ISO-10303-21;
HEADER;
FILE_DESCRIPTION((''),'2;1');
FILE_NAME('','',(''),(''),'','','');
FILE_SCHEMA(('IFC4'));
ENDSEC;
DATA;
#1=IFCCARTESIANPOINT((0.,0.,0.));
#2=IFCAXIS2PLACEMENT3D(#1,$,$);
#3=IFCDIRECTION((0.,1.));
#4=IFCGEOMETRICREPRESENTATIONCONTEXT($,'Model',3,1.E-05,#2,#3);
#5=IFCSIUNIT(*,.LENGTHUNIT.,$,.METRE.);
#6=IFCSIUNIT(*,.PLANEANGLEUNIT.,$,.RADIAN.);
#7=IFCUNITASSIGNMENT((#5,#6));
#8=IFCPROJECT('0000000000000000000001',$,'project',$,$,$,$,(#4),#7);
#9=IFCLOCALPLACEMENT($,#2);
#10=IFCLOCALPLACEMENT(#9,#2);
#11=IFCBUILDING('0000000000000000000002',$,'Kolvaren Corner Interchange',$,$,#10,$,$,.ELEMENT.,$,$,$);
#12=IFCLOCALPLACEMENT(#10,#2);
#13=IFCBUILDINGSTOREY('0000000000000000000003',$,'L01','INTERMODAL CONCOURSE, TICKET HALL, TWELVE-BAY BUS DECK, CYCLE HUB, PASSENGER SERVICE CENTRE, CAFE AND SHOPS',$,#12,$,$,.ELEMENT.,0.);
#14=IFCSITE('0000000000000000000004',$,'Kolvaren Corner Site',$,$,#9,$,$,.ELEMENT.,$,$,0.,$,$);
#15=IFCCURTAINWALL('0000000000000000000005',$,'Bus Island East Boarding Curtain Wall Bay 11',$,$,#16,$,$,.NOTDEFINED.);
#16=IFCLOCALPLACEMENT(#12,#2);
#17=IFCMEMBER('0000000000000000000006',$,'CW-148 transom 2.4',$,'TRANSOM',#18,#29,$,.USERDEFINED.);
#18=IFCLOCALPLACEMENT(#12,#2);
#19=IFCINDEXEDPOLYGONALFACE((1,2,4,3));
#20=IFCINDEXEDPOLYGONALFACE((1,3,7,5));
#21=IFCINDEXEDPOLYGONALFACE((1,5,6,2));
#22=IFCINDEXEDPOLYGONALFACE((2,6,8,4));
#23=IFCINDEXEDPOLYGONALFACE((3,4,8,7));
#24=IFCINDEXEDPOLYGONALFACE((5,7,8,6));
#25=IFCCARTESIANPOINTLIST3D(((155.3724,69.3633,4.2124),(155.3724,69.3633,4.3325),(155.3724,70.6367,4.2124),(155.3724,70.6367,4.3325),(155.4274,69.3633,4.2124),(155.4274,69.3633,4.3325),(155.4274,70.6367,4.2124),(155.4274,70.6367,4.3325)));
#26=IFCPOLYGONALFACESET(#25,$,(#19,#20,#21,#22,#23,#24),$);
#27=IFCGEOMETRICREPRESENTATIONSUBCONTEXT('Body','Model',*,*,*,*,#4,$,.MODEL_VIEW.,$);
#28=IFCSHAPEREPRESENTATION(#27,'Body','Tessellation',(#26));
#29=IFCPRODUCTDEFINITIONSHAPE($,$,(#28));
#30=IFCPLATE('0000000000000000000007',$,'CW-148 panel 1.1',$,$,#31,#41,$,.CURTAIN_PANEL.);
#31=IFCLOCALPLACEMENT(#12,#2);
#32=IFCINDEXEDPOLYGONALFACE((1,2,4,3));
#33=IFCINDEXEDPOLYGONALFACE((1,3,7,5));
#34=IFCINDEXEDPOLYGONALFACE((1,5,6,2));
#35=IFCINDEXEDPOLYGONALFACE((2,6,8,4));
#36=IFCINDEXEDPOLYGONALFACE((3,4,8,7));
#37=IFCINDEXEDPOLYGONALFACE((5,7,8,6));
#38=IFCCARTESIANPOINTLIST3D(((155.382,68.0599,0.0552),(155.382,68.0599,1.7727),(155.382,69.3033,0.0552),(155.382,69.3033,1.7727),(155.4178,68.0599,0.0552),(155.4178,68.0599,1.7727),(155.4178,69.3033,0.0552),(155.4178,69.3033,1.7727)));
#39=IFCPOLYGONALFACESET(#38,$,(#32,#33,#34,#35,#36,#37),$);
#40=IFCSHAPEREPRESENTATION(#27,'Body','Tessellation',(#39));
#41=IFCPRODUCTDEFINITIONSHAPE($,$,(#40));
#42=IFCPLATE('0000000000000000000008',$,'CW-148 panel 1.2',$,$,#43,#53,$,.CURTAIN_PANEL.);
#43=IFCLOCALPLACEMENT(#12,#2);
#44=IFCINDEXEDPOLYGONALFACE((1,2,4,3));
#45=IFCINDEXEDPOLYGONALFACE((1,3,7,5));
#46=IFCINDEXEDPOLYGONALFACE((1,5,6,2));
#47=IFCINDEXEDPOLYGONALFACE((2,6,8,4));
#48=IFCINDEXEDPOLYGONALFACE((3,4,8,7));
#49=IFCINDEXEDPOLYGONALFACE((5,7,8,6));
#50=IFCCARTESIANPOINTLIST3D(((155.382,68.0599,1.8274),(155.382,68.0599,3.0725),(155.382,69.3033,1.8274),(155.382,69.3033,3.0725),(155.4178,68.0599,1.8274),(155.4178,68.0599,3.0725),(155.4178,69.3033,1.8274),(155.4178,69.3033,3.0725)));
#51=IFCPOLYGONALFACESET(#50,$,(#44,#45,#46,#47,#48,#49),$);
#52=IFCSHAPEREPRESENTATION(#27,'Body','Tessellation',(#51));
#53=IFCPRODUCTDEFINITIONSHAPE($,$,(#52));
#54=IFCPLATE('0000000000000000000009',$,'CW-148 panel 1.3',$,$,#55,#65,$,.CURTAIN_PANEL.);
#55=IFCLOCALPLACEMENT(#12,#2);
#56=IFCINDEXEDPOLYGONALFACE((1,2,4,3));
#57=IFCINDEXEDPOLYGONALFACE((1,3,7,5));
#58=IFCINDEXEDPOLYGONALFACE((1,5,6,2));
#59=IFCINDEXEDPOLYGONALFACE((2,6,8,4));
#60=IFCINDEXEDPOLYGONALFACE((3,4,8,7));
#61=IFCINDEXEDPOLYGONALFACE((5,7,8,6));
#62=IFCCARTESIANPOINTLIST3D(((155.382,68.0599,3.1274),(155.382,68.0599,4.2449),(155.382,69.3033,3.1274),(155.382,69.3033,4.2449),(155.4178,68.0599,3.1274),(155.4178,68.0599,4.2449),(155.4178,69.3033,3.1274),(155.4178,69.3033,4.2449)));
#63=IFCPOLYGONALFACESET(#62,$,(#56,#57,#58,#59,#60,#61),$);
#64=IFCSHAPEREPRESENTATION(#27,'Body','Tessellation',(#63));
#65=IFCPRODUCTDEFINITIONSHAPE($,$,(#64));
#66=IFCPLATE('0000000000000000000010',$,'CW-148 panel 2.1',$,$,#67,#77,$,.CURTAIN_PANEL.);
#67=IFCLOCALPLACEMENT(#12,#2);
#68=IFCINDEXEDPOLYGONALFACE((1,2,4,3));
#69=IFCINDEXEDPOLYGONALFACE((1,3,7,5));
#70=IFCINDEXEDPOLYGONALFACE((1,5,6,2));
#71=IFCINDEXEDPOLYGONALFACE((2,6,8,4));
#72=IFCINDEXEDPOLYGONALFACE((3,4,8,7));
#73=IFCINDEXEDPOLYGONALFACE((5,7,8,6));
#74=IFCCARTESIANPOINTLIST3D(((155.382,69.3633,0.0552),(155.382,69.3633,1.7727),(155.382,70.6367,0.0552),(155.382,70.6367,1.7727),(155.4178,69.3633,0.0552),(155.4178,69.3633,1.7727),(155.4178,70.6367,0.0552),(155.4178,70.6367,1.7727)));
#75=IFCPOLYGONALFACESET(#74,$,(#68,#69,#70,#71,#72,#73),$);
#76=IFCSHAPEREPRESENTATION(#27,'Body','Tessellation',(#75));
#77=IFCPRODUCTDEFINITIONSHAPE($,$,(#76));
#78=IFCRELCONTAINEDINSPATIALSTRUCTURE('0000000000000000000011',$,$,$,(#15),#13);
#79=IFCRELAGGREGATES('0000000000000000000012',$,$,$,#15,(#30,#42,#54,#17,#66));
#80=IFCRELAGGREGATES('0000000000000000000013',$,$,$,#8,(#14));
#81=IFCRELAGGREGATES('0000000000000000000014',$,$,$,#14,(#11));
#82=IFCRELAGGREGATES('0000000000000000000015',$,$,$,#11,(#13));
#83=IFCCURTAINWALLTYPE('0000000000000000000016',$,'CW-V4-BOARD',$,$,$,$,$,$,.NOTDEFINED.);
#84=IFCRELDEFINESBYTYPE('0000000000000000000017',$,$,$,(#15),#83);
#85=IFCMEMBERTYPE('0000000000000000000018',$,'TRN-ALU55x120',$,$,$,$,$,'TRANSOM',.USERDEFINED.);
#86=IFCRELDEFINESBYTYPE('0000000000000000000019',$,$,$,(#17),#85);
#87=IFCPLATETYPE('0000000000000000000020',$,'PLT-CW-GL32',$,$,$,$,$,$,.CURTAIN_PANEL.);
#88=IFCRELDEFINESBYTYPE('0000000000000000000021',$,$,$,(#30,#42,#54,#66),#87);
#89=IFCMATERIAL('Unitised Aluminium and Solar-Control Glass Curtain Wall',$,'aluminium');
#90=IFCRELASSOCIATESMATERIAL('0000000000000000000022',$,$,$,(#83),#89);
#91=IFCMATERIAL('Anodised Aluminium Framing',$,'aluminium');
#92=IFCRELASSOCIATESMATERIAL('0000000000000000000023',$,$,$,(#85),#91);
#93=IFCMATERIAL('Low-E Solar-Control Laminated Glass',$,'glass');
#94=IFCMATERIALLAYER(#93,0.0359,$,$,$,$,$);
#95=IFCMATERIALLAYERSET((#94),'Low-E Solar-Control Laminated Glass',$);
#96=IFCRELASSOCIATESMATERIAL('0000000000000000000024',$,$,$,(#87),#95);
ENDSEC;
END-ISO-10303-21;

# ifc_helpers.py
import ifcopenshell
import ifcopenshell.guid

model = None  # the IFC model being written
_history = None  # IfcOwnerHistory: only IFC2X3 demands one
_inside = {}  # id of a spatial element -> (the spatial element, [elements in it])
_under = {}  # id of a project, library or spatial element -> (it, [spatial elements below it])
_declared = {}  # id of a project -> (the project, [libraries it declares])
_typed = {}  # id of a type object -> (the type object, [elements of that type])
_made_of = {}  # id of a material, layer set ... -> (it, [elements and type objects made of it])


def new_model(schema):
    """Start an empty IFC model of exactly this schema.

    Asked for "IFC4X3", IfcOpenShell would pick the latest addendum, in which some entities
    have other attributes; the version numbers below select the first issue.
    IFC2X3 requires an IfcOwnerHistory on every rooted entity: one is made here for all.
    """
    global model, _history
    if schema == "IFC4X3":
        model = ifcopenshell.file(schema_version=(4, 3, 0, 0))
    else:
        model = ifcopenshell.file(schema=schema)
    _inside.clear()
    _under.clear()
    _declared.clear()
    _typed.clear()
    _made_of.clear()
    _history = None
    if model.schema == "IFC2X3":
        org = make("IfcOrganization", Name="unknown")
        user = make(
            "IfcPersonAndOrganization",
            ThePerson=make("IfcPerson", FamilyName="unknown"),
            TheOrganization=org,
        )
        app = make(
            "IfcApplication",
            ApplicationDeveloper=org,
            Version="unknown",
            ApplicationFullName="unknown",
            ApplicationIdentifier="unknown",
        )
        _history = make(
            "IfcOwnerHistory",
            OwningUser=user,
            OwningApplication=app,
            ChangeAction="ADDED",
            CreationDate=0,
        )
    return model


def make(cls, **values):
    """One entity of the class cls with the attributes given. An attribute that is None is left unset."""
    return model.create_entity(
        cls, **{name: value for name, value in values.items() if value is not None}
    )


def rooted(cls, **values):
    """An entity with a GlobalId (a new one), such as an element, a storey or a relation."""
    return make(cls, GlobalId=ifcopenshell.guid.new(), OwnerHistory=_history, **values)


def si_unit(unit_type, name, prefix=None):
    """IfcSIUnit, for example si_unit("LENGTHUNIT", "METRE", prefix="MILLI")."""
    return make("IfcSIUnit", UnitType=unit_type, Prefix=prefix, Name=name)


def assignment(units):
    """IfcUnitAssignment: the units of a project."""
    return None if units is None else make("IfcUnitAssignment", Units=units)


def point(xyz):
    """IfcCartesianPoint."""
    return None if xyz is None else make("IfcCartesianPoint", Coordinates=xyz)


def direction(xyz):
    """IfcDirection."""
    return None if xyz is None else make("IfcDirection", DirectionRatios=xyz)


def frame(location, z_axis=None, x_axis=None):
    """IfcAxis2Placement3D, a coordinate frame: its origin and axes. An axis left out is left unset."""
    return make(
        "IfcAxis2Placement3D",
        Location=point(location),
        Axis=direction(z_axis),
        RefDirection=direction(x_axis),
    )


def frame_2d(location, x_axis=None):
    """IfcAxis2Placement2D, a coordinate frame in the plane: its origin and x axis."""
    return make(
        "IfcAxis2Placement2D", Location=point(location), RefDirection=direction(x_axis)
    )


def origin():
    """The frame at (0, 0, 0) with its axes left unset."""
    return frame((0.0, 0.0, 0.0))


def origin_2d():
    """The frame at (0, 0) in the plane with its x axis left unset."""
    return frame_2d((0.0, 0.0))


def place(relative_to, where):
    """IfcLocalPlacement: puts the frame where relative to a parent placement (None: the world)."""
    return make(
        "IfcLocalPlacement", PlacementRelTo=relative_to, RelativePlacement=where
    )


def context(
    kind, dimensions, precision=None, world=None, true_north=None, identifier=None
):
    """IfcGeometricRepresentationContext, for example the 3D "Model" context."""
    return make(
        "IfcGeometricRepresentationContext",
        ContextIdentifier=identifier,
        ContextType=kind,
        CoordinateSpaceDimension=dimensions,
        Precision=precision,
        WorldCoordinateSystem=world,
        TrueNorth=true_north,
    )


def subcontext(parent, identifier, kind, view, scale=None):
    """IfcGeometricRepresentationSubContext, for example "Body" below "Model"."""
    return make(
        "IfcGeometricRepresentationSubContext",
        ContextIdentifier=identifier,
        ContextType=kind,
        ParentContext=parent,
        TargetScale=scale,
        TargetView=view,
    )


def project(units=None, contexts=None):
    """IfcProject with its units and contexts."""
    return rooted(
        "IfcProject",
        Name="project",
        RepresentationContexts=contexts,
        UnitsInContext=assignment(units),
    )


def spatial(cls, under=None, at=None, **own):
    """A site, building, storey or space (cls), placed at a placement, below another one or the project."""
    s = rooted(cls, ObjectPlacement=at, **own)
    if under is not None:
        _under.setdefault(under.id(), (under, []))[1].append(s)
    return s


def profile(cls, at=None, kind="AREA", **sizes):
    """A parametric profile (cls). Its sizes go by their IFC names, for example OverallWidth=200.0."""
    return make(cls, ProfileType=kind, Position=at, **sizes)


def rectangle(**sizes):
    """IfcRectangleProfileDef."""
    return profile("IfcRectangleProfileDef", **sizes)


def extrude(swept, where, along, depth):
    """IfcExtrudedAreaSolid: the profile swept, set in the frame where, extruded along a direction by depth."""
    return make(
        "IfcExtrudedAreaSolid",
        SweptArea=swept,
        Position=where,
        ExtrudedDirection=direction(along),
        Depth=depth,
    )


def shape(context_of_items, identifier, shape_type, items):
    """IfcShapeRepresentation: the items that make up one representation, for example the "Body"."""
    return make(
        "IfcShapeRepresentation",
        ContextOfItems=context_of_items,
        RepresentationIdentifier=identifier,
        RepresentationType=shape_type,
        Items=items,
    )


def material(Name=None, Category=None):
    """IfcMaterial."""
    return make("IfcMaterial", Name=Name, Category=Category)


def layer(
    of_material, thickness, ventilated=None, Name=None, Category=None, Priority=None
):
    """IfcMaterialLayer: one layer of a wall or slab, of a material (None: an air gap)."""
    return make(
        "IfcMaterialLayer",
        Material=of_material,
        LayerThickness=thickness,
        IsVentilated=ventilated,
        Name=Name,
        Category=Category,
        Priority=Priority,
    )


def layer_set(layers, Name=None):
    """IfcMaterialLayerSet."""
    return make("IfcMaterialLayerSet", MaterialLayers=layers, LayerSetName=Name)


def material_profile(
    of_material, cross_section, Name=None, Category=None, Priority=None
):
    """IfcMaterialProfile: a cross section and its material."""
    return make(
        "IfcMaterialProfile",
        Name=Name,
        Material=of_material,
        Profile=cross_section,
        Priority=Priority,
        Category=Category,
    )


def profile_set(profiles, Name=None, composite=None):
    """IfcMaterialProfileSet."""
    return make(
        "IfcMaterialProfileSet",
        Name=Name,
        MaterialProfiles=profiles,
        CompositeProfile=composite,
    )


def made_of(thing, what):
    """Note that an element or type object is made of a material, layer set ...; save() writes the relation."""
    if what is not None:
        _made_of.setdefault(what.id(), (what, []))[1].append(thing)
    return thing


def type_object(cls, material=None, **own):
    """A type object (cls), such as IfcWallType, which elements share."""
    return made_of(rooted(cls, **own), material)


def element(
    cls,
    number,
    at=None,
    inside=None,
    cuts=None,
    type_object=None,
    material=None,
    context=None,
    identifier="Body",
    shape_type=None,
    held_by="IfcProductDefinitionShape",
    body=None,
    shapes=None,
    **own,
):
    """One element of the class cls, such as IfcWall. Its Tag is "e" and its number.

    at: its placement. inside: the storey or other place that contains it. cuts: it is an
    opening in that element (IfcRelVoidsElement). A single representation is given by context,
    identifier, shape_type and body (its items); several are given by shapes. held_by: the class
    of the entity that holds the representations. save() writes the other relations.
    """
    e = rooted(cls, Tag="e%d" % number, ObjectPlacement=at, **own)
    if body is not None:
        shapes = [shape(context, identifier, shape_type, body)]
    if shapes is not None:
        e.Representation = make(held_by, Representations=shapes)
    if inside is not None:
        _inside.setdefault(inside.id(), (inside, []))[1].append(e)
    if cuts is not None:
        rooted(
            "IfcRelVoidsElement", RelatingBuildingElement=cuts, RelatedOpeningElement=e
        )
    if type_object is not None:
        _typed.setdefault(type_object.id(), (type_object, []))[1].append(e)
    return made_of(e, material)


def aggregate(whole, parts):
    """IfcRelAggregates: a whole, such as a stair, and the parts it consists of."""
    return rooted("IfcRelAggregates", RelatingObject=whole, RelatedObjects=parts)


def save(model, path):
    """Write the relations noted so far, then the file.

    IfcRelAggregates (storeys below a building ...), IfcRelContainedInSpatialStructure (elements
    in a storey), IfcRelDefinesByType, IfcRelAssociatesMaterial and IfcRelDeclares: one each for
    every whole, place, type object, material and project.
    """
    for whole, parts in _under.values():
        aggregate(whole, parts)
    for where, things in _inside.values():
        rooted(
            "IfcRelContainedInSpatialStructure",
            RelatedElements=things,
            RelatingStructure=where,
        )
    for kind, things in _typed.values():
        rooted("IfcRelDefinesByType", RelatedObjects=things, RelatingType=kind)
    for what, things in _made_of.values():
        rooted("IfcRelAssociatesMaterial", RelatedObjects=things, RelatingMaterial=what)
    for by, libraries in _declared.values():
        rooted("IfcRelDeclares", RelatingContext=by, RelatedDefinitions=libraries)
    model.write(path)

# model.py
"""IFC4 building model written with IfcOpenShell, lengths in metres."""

from ifc_helpers import new_model, si_unit, direction, frame, origin, origin_2d, place, context, subcontext, project, spatial, rectangle, extrude, material, layer, layer_set, material_profile, profile_set, type_object, element, aggregate, save


model = new_model("IFC4")

# Units and contexts
model_context = context("Model", 3, precision=1e-05, world=origin(), true_north=direction((0.0, 1.0)))
body_context = subcontext(model_context, "Body", "Model", "MODEL_VIEW")
ifc_project = project(units=[si_unit("LENGTHUNIT", "METRE"), si_unit("PLANEANGLEUNIT", "RADIAN")], contexts=[model_context])

# Site, building, storey
site_placement = place(None, origin())
site = spatial("IfcSite", under=ifc_project, at=site_placement, Name="Kolvaren Corner Site", CompositionType="ELEMENT", RefElevation=0.0)
building_placement = place(site_placement, origin())
building = spatial("IfcBuilding", under=site, at=building_placement, Name="Kolvaren Corner Interchange", CompositionType="ELEMENT")
storey_placement = place(building_placement, origin())
storey = spatial("IfcBuildingStorey", under=building, at=storey_placement, Name="L01", Description="INTERMODAL CONCOURSE, TICKET HALL, TWELVE-BAY BUS DECK, CYCLE HUB, PASSENGER SERVICE CENTRE, CAFE AND SHOPS", CompositionType="ELEMENT", Elevation=0.0)

# Curtain wall, member, plates
ifc_material_1 = material(Name="Unitised Aluminium and Solar-Control Glass Curtain Wall", Category="aluminium")
curtain_wall_type = type_object("IfcCurtainWallType", Name="CW-V4-BOARD", PredefinedType="NOTDEFINED", material=ifc_material_1)
curtain_wall_placement = place(storey_placement, origin())
curtain_wall = element("IfcCurtainWall", 1, at=curtain_wall_placement, inside=storey, type_object=curtain_wall_type, Name="Bus Island East Boarding Curtain Wall Bay 11", PredefinedType="NOTDEFINED")
ifc_material_2 = material(Name="Anodised Aluminium Framing", Category="aluminium")
ifc_material_profile_1 = material_profile(ifc_material_2, rectangle(XDim=0.0549, YDim=0.1201, at=origin_2d()), Name="ALU 55x120")
ifc_profile_set_1 = profile_set([ifc_material_profile_1], Name="Anodised Aluminium Framing")
member_type_1 = type_object("IfcMemberType", Name="TRN-ALU55x120", ElementType="TRANSOM", PredefinedType="USERDEFINED", material=ifc_profile_set_1)
member_1_placement = place(storey_placement, frame((155.3999, 69.3633, 4.2725), z_axis=(0.0, 1.0, 0.0), x_axis=(-1.0, 0.0, 0.0)))
member_1 = element("IfcMember", 2, at=member_1_placement, type_object=member_type_1, Name="CW-148 transom 2.4", ObjectType="TRANSOM", PredefinedType="USERDEFINED", context=body_context, shape_type="SweptSolid", body=[
    extrude(rectangle(XDim=0.0549, YDim=0.1201, at=origin_2d()), origin(), (0.0, 0.0, 1.0), 1.2734),
])
ifc_material_3 = material(Name="Low-E Solar-Control Laminated Glass", Category="glass")
ifc_layer = layer(ifc_material_3, 0.0359)
ifc_layer_set = layer_set([ifc_layer], Name="Low-E Solar-Control Laminated Glass")
plate_type = type_object("IfcPlateType", Name="PLT-CW-GL32", PredefinedType="CURTAIN_PANEL", material=ifc_layer_set)
plate_1_placement = place(storey_placement, frame((155.3999, 68.6816, 0.0552), z_axis=(0.0, 0.0, 1.0), x_axis=(0.0, 1.0, 0.0)))
plate_1 = element("IfcPlate", 3, at=plate_1_placement, type_object=plate_type, Name="CW-148 panel 1.1", PredefinedType="CURTAIN_PANEL", context=body_context, shape_type="SweptSolid", body=[
    extrude(rectangle(XDim=1.2434, YDim=0.0359, at=origin_2d()), origin(), (0.0, 0.0, 1.0), 1.7175),
])
plate_2_placement = place(storey_placement, frame((155.3999, 68.6816, 1.8274), z_axis=(0.0, 0.0, 1.0), x_axis=(0.0, 1.0, 0.0)))
plate_2 = element("IfcPlate", 4, at=plate_2_placement, type_object=plate_type, Name="CW-148 panel 1.2", PredefinedType="CURTAIN_PANEL", context=body_context, shape_type="SweptSolid", body=[
    extrude(rectangle(XDim=1.2434, YDim=0.0359, at=origin_2d()), origin(), (0.0, 0.0, 1.0), 1.2451),
])
plate_3_placement = place(storey_placement, frame((155.3999, 68.6816, 3.1274), z_axis=(0.0, 0.0, 1.0), x_axis=(0.0, 1.0, 0.0)))
plate_3 = element("IfcPlate", 5, at=plate_3_placement, type_object=plate_type, Name="CW-148 panel 1.3", PredefinedType="CURTAIN_PANEL", context=body_context, shape_type="SweptSolid", body=[
    extrude(rectangle(XDim=1.2434, YDim=0.0359, at=origin_2d()), origin(), (0.0, 0.0, 1.0), 1.1174),
])
plate_4_placement = place(storey_placement, frame((155.3999, 70.0, 0.0552), z_axis=(0.0, 0.0, 1.0), x_axis=(0.0, 1.0, 0.0)))
plate_4 = element("IfcPlate", 6, at=plate_4_placement, type_object=plate_type, Name="CW-148 panel 2.1", PredefinedType="CURTAIN_PANEL", context=body_context, shape_type="SweptSolid", body=[
    extrude(rectangle(XDim=1.2734, YDim=0.0359, at=origin_2d()), origin(), (0.0, 0.0, 1.0), 1.7175),
])
aggregate(curtain_wall, [plate_1, plate_2, plate_3, member_1, plate_4])

save(model, "model.ifc")
